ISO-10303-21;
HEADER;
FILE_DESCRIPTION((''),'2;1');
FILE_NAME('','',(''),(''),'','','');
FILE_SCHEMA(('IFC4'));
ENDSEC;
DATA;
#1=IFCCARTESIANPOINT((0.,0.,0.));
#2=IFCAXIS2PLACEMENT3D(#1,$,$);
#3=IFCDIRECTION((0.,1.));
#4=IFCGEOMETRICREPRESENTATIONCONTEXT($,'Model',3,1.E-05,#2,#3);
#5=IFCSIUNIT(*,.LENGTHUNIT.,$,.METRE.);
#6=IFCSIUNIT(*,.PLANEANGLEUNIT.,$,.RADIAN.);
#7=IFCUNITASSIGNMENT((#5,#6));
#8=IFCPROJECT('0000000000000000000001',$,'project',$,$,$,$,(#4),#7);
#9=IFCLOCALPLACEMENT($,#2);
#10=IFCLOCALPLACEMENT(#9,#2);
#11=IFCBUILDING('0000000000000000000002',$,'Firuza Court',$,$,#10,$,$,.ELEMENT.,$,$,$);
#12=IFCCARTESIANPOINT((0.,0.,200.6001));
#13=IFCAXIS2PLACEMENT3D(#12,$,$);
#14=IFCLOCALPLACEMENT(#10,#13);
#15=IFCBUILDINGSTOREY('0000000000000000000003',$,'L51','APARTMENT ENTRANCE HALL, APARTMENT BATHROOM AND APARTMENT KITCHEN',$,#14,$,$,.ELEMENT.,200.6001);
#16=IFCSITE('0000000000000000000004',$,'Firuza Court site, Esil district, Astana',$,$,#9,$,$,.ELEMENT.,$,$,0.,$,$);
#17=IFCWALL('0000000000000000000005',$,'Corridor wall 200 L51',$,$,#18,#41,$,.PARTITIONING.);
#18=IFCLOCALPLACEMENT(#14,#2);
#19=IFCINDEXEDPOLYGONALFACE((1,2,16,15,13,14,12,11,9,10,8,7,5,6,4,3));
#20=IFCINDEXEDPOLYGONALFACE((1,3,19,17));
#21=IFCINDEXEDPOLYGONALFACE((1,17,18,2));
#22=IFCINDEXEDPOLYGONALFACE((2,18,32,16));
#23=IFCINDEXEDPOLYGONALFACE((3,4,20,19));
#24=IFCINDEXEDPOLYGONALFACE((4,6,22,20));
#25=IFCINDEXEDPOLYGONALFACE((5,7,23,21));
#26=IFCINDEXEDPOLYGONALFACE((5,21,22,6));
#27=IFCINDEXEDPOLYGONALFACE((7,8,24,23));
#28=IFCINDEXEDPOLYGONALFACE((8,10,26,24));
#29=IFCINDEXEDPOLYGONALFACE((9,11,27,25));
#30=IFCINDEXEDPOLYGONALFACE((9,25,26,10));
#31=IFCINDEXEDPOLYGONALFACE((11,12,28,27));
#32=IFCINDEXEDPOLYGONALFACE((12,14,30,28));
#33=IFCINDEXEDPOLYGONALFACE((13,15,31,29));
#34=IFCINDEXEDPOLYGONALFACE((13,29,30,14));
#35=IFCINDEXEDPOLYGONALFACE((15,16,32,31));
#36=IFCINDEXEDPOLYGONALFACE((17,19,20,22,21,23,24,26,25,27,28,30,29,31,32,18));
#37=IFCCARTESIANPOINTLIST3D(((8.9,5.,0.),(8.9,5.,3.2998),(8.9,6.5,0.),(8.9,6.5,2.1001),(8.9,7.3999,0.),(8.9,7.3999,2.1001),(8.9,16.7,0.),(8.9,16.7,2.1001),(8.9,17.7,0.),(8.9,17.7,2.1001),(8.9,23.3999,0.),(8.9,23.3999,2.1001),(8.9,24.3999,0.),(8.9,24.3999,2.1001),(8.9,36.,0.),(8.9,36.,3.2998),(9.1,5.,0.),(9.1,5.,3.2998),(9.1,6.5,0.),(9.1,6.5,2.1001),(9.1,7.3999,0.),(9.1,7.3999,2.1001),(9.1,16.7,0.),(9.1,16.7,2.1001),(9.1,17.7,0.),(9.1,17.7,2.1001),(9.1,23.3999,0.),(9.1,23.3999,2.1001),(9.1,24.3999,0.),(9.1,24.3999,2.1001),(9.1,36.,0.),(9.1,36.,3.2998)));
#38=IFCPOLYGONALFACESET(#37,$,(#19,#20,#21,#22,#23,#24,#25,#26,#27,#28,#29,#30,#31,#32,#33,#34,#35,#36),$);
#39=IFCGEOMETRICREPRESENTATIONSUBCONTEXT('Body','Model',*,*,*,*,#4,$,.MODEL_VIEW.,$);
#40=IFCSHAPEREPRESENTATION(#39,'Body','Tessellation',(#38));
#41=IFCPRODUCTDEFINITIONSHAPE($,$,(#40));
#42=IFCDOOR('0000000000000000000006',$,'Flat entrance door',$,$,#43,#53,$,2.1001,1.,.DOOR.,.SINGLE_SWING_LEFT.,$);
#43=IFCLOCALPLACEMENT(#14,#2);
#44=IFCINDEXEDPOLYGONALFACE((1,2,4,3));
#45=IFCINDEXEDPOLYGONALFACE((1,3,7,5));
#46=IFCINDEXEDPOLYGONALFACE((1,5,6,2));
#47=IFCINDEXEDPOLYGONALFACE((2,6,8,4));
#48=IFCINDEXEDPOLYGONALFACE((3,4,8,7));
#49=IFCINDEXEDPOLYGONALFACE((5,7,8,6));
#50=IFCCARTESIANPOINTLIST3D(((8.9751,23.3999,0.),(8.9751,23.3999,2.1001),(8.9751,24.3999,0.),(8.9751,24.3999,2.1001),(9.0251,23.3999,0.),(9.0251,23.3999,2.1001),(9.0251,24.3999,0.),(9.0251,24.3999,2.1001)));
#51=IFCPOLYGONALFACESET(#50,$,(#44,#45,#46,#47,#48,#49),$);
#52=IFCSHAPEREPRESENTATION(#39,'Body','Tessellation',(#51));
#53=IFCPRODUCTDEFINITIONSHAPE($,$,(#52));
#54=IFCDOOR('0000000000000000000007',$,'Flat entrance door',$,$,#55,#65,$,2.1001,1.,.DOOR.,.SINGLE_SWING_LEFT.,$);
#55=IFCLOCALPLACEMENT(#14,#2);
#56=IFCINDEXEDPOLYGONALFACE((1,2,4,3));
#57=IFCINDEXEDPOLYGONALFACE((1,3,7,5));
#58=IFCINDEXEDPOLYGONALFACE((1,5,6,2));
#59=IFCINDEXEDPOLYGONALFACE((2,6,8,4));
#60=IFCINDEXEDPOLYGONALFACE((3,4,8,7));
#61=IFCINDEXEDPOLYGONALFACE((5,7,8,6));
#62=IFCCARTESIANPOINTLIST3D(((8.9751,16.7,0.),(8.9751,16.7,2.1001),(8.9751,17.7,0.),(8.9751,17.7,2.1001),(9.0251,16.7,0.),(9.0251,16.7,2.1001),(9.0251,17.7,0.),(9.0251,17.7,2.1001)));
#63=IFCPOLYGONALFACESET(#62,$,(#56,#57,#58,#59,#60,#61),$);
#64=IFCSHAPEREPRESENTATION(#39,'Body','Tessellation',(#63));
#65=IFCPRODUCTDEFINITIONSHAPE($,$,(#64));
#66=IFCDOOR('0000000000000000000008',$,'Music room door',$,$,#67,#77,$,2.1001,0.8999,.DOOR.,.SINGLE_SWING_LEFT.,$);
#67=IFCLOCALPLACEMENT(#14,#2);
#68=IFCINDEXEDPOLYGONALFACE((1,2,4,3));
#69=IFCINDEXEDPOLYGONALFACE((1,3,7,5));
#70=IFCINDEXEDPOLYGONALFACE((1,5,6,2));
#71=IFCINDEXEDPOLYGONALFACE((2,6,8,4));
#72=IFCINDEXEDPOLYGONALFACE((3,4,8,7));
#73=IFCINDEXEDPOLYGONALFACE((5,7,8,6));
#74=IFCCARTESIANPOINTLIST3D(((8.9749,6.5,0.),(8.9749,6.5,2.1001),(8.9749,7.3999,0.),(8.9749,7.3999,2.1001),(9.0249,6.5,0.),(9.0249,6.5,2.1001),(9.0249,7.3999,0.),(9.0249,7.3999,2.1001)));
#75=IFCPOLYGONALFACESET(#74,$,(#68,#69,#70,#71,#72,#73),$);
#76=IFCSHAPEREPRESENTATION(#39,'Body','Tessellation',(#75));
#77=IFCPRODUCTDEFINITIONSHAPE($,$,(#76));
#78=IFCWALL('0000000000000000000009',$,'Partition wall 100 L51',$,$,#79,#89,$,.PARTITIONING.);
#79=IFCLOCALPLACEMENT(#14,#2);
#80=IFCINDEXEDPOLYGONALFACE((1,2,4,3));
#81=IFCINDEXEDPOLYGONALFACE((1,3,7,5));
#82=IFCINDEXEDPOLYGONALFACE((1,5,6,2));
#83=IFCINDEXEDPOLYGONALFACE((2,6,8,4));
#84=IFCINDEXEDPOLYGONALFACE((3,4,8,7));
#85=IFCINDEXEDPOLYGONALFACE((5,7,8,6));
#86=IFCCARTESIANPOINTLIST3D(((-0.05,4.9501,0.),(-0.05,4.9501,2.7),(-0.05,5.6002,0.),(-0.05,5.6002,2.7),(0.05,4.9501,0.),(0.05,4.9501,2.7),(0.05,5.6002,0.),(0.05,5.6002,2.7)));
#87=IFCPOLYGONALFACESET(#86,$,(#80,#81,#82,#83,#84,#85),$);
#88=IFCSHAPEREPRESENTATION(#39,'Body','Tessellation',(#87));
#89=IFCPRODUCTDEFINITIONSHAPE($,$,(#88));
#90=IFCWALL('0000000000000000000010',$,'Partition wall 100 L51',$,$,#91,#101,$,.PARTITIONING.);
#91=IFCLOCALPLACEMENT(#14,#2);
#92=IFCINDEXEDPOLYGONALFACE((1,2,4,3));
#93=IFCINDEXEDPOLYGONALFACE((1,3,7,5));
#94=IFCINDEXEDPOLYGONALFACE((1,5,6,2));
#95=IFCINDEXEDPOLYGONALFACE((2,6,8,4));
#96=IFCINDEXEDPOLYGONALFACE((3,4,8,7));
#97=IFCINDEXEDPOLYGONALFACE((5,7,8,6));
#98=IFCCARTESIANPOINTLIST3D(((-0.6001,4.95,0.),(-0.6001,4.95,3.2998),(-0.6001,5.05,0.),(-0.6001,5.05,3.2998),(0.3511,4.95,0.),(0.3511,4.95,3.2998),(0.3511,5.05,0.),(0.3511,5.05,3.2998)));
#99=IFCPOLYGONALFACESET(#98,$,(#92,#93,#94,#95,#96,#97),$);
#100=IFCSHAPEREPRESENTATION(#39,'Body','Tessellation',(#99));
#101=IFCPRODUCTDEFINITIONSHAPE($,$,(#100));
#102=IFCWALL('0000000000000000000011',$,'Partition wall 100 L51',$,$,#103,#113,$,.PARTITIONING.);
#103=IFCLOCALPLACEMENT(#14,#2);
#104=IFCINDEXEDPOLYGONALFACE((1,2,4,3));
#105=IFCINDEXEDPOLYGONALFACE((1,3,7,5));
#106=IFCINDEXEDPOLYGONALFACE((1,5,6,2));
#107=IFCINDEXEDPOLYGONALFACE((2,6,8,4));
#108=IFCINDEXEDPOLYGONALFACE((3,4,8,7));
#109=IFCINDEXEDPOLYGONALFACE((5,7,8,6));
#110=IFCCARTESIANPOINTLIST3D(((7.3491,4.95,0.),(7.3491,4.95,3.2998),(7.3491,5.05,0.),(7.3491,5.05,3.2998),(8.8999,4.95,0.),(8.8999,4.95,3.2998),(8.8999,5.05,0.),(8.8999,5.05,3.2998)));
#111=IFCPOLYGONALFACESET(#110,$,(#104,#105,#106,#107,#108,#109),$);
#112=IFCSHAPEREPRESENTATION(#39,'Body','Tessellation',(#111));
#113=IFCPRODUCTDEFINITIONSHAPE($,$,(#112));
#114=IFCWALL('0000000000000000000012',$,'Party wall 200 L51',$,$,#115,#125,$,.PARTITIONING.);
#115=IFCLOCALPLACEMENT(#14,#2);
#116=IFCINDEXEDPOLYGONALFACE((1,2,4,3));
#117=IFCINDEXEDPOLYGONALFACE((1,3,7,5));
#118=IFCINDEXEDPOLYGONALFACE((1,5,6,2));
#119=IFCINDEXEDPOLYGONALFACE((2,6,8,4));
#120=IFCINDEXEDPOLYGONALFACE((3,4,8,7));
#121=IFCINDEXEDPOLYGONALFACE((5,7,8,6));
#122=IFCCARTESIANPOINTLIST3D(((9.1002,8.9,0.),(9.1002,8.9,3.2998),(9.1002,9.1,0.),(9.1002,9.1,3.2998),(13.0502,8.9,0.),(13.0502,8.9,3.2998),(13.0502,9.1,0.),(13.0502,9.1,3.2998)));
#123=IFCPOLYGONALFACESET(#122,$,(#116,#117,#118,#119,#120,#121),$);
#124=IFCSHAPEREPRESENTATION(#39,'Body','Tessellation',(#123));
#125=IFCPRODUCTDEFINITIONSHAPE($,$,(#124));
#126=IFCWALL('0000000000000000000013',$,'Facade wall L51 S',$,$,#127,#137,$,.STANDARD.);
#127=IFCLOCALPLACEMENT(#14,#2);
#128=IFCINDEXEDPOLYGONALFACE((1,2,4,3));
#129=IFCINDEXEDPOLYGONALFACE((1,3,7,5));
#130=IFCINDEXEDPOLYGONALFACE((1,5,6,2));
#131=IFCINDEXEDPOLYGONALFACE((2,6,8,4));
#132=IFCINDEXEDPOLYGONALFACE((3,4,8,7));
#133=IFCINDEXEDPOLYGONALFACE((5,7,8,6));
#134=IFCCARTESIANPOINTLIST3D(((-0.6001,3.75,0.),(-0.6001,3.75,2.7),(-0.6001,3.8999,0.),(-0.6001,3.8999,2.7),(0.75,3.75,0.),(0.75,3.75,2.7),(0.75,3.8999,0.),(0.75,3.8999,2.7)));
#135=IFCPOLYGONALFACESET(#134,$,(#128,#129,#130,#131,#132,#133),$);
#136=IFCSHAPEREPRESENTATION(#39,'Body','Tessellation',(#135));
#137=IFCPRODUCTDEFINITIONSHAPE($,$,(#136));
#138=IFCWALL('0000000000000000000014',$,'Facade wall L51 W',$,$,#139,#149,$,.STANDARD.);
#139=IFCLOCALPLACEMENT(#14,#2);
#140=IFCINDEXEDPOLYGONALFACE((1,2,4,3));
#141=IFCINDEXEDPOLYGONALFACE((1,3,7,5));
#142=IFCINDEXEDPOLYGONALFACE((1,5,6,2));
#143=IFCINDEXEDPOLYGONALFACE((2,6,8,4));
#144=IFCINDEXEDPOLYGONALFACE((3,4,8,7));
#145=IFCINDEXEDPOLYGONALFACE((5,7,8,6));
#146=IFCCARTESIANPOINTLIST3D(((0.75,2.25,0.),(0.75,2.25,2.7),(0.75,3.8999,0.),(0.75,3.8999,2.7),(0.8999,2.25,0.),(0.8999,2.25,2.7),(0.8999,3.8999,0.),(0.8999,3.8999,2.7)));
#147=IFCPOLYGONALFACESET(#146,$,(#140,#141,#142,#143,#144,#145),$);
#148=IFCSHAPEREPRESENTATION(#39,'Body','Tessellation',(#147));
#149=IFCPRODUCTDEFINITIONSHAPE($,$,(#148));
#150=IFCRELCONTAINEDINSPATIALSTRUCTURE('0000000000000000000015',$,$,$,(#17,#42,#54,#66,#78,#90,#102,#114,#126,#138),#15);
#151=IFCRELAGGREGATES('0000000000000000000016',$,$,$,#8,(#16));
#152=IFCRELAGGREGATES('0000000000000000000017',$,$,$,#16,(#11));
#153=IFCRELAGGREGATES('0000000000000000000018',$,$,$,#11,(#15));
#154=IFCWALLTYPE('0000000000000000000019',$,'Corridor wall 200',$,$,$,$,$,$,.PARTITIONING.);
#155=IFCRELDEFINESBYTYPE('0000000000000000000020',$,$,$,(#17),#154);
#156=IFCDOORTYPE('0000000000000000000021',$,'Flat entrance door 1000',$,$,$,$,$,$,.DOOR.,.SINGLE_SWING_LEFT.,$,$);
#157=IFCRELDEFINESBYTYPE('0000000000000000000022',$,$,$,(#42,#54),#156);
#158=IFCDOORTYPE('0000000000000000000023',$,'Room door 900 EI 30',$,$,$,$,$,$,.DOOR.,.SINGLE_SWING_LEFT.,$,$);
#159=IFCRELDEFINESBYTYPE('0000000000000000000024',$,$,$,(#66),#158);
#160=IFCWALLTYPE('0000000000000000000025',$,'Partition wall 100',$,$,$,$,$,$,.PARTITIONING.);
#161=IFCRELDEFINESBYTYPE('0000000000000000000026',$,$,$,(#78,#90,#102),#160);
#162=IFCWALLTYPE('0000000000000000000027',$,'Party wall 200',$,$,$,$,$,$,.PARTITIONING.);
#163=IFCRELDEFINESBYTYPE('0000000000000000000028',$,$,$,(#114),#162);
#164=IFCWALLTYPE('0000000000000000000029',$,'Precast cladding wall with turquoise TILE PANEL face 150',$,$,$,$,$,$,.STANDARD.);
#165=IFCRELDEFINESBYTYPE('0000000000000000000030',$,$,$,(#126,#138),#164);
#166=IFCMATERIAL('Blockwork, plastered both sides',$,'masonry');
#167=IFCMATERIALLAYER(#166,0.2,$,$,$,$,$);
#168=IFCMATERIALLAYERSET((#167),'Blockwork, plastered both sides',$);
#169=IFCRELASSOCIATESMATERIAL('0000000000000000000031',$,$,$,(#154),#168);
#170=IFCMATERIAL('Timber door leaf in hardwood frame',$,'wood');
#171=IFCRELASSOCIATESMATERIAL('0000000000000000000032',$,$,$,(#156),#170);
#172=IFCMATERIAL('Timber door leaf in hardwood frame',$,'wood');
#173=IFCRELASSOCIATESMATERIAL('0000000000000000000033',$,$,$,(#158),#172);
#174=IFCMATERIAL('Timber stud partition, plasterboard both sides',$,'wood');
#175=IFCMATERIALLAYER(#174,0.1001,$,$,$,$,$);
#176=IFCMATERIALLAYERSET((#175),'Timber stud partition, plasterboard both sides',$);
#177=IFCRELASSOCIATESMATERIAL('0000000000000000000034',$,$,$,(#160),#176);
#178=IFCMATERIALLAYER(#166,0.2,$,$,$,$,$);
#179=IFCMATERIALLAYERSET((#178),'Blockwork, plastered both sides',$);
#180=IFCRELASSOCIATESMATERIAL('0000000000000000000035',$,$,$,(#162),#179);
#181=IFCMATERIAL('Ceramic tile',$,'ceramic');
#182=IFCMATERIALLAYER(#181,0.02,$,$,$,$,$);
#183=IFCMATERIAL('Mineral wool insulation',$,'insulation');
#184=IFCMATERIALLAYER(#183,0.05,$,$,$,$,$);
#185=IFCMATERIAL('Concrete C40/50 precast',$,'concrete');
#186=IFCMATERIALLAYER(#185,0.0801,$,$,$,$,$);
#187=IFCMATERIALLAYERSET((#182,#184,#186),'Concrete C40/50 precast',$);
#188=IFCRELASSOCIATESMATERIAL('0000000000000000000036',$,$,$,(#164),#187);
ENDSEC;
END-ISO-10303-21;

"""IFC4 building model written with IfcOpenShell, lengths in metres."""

from ifc_helpers import new_model, si_unit, direction, frame, frame_2d, origin, place, context, subcontext, project, spatial, rectangle, extrude, material, layer, layer_set, type_object, element, fill, save


model = new_model("IFC4")

# Units and contexts
model_context = context("Model", 3, precision=1e-05, world=origin(), true_north=direction((0.0, 1.0)))
body_context = subcontext(model_context, "Body", "Model", "MODEL_VIEW")
ifc_project = project(units=[si_unit("LENGTHUNIT", "METRE"), si_unit("PLANEANGLEUNIT", "RADIAN")], contexts=[model_context])

# Site, building, storey
site_placement = place(None, origin())
site = spatial("IfcSite", under=ifc_project, at=site_placement, Name="Firuza Court site, Esil district, Astana", CompositionType="ELEMENT", RefElevation=0.0)
building_placement = place(site_placement, origin())
building = spatial("IfcBuilding", under=site, at=building_placement, Name="Firuza Court", CompositionType="ELEMENT")
storey_placement = place(building_placement, frame((0.0, 0.0, 200.6001)))
storey = spatial("IfcBuildingStorey", under=building, at=storey_placement, Name="L51", Description="APARTMENT ENTRANCE HALL, APARTMENT BATHROOM AND APARTMENT KITCHEN", CompositionType="ELEMENT", Elevation=200.6001)

# Wall, openings, doors
ifc_material_1 = material(Name="Blockwork, plastered both sides", Category="masonry")
ifc_layer_1 = layer(ifc_material_1, 0.2)
ifc_layer_set_1 = layer_set([ifc_layer_1], Name="Blockwork, plastered both sides")
wall_type_1 = type_object("IfcWallType", Name="Corridor wall 200", PredefinedType="PARTITIONING", material=ifc_layer_set_1)
wall_1_placement = place(storey_placement, frame((9.0, 5.0, 0.0), z_axis=(0.0, 0.0, 1.0), x_axis=(0.0, 1.0, 0.0)))
wall_1 = element("IfcWall", 1, at=wall_1_placement, inside=storey, type_object=wall_type_1, Name="Corridor wall 200 L51", PredefinedType="PARTITIONING", context=body_context, shape_type="SweptSolid", body=[
    extrude(rectangle(XDim=31.0, YDim=0.2, at=frame_2d((15.5, 0.0))), origin(), (0.0, 0.0, 1.0), 3.2998),
])
opening_1_placement = place(wall_1_placement, frame((18.3999, 0.0, 0.0)))
opening_1 = element("IfcOpeningElement", 2, at=opening_1_placement, cuts=wall_1, PredefinedType="OPENING", context=body_context, shape_type="SweptSolid", body=[
    extrude(rectangle(XDim=1.0, YDim=2.1001, at=frame_2d((0.5, 1.05))), frame((0.0, 0.1118, 0.0), z_axis=(0.0, -1.0, 0.0), x_axis=(1.0, 0.0, 0.0)), (0.0, 0.0, 1.0), 0.2239),
])
opening_2_placement = place(wall_1_placement, frame((11.7, 0.0, 0.0)))
opening_2 = element("IfcOpeningElement", 3, at=opening_2_placement, cuts=wall_1, PredefinedType="OPENING", context=body_context, shape_type="SweptSolid", body=[
    extrude(rectangle(XDim=1.0, YDim=2.1001, at=frame_2d((0.5, 1.05))), frame((0.0, 0.1118, 0.0), z_axis=(0.0, -1.0, 0.0), x_axis=(1.0, 0.0, 0.0)), (0.0, 0.0, 1.0), 0.2239),
])
opening_3_placement = place(wall_1_placement, frame((1.5, 0.0, 0.0)))
opening_3 = element("IfcOpeningElement", 4, at=opening_3_placement, cuts=wall_1, PredefinedType="OPENING", context=body_context, shape_type="SweptSolid", body=[
    extrude(rectangle(XDim=0.8999, YDim=2.1001, at=frame_2d((0.45, 1.05))), frame((0.0, 0.1118, 0.0), z_axis=(0.0, -1.0, 0.0), x_axis=(1.0, 0.0, 0.0)), (0.0, 0.0, 1.0), 0.2239),
])
ifc_material_2 = material(Name="Timber door leaf in hardwood frame", Category="wood")
door_type_1 = type_object("IfcDoorType", Name="Flat entrance door 1000", OperationType="SINGLE_SWING_LEFT", PredefinedType="DOOR", material=ifc_material_2)
door_1_placement = place(opening_1_placement, origin())
door_1 = element("IfcDoor", 5, at=door_1_placement, inside=storey, type_object=door_type_1, Name="Flat entrance door", OperationType="SINGLE_SWING_LEFT", OverallHeight=2.1001, OverallWidth=1.0, PredefinedType="DOOR", context=body_context, shape_type="SweptSolid", body=[
    extrude(rectangle(XDim=1.0, YDim=2.1001, at=frame_2d((0.5, 1.05))), frame((0.0, 0.0249, 0.0), z_axis=(0.0, -1.0, 0.0), x_axis=(1.0, 0.0, 0.0)), (0.0, 0.0, 1.0), 0.05),
])
fill(opening_1, door_1)
door_2_placement = place(opening_2_placement, origin())
door_2 = element("IfcDoor", 6, at=door_2_placement, inside=storey, type_object=door_type_1, Name="Flat entrance door", OperationType="SINGLE_SWING_LEFT", OverallHeight=2.1001, OverallWidth=1.0, PredefinedType="DOOR", context=body_context, shape_type="SweptSolid", body=[
    extrude(rectangle(XDim=1.0, YDim=2.1001, at=frame_2d((0.5, 1.05))), frame((0.0, 0.0249, 0.0), z_axis=(0.0, -1.0, 0.0), x_axis=(1.0, 0.0, 0.0)), (0.0, 0.0, 1.0), 0.05),
])
fill(opening_2, door_2)
ifc_material_3 = material(Name="Timber door leaf in hardwood frame", Category="wood")
door_type_2 = type_object("IfcDoorType", Name="Room door 900 EI 30", OperationType="SINGLE_SWING_LEFT", PredefinedType="DOOR", material=ifc_material_3)
door_3_placement = place(opening_3_placement, frame((0.8999, 0.0, 0.0), z_axis=(0.0, 0.0, 1.0), x_axis=(-1.0, 0.0, 0.0)))
door_3 = element("IfcDoor", 7, at=door_3_placement, inside=storey, type_object=door_type_2, Name="Music room door", OperationType="SINGLE_SWING_LEFT", OverallHeight=2.1001, OverallWidth=0.8999, PredefinedType="DOOR", context=body_context, shape_type="SweptSolid", body=[
    extrude(rectangle(XDim=0.8999, YDim=2.1001, at=frame_2d((0.45, 1.05))), frame((0.0, 0.0249, 0.0), z_axis=(0.0, -1.0, 0.0), x_axis=(1.0, 0.0, 0.0)), (0.0, 0.0, 1.0), 0.05),
])
fill(opening_3, door_3)

# Walls
ifc_material_4 = material(Name="Timber stud partition, plasterboard both sides", Category="wood")
ifc_layer_2 = layer(ifc_material_4, 0.1001)
ifc_layer_set_2 = layer_set([ifc_layer_2], Name="Timber stud partition, plasterboard both sides")
wall_type_2 = type_object("IfcWallType", Name="Partition wall 100", PredefinedType="PARTITIONING", material=ifc_layer_set_2)
wall_2_placement = place(storey_placement, frame((0.0, 4.95, 0.0), z_axis=(0.0, 0.0, 1.0), x_axis=(0.0, 1.0, 0.0)))
element("IfcWall", 8, at=wall_2_placement, inside=storey, type_object=wall_type_2, Name="Partition wall 100 L51", PredefinedType="PARTITIONING", context=body_context, shape_type="SweptSolid", body=[
    extrude(rectangle(XDim=0.6501, YDim=0.1001, at=frame_2d((0.3252, 0.0))), origin(), (0.0, 0.0, 1.0), 2.7),
])
wall_3_placement = place(storey_placement, frame((-0.6001, 5.0, 0.0), z_axis=(0.0, 0.0, 1.0), x_axis=(1.0, 0.0, 0.0)))
element("IfcWall", 9, at=wall_3_placement, inside=storey, type_object=wall_type_2, Name="Partition wall 100 L51", PredefinedType="PARTITIONING", context=body_context, shape_type="SweptSolid", body=[
    extrude(rectangle(XDim=0.9512, YDim=0.1001, at=frame_2d((0.4756, 0.0))), origin(), (0.0, 0.0, 1.0), 3.2998),
])
wall_4_placement = place(storey_placement, frame((7.3491, 5.0, 0.0), z_axis=(0.0, 0.0, 1.0), x_axis=(1.0, 0.0, 0.0)))
element("IfcWall", 10, at=wall_4_placement, inside=storey, type_object=wall_type_2, Name="Partition wall 100 L51", PredefinedType="PARTITIONING", context=body_context, shape_type="SweptSolid", body=[
    extrude(rectangle(XDim=1.5508, YDim=0.1001, at=frame_2d((0.7754, 0.0))), origin(), (0.0, 0.0, 1.0), 3.2998),
])
ifc_layer_3 = layer(ifc_material_1, 0.2)
ifc_layer_set_3 = layer_set([ifc_layer_3], Name="Blockwork, plastered both sides")
wall_type_3 = type_object("IfcWallType", Name="Party wall 200", PredefinedType="PARTITIONING", material=ifc_layer_set_3)
wall_5_placement = place(storey_placement, frame((9.1001, 9.0, 0.0), z_axis=(0.0, 0.0, 1.0), x_axis=(1.0, 0.0, 0.0)))
element("IfcWall", 11, at=wall_5_placement, inside=storey, type_object=wall_type_3, Name="Party wall 200 L51", PredefinedType="PARTITIONING", context=body_context, shape_type="SweptSolid", body=[
    extrude(rectangle(XDim=3.95, YDim=0.2, at=frame_2d((1.9751, 0.0))), origin(), (0.0, 0.0, 1.0), 3.2998),
])
ifc_material_5 = material(Name="Ceramic tile", Category="ceramic")
ifc_layer_4 = layer(ifc_material_5, 0.02)
ifc_material_6 = material(Name="Mineral wool insulation", Category="insulation")
ifc_layer_5 = layer(ifc_material_6, 0.05)
ifc_material_7 = material(Name="Concrete C40/50 precast", Category="concrete")
ifc_layer_6 = layer(ifc_material_7, 0.0801)
ifc_layer_set_4 = layer_set([ifc_layer_4, ifc_layer_5, ifc_layer_6], Name="Concrete C40/50 precast")
wall_type_4 = type_object("IfcWallType", Name="Precast cladding wall with turquoise TILE PANEL face 150", PredefinedType="STANDARD", material=ifc_layer_set_4)
wall_6_placement = place(storey_placement, frame((-0.6001, 3.825, 0.0), z_axis=(0.0, 0.0, 1.0), x_axis=(1.0, 0.0, 0.0)))
element("IfcWall", 12, at=wall_6_placement, inside=storey, type_object=wall_type_4, Name="Facade wall L51 S", PredefinedType="STANDARD", context=body_context, shape_type="SweptSolid", body=[
    extrude(rectangle(XDim=1.3501, YDim=0.1499, at=frame_2d((0.675, 0.0))), origin(), (0.0, 0.0, 1.0), 2.7),
])
wall_7_placement = place(storey_placement, frame((0.825, 3.8999, 0.0), z_axis=(0.0, 0.0, 1.0), x_axis=(0.0, -1.0, 0.0)))
element("IfcWall", 13, at=wall_7_placement, inside=storey, type_object=wall_type_4, Name="Facade wall L51 W", PredefinedType="STANDARD", context=body_context, shape_type="SweptSolid", body=[
    extrude(rectangle(XDim=1.6499, YDim=0.1499, at=frame_2d((0.825, 0.0))), origin(), (0.0, 0.0, 1.0), 2.7),
])

save(model, "model.ifc")
